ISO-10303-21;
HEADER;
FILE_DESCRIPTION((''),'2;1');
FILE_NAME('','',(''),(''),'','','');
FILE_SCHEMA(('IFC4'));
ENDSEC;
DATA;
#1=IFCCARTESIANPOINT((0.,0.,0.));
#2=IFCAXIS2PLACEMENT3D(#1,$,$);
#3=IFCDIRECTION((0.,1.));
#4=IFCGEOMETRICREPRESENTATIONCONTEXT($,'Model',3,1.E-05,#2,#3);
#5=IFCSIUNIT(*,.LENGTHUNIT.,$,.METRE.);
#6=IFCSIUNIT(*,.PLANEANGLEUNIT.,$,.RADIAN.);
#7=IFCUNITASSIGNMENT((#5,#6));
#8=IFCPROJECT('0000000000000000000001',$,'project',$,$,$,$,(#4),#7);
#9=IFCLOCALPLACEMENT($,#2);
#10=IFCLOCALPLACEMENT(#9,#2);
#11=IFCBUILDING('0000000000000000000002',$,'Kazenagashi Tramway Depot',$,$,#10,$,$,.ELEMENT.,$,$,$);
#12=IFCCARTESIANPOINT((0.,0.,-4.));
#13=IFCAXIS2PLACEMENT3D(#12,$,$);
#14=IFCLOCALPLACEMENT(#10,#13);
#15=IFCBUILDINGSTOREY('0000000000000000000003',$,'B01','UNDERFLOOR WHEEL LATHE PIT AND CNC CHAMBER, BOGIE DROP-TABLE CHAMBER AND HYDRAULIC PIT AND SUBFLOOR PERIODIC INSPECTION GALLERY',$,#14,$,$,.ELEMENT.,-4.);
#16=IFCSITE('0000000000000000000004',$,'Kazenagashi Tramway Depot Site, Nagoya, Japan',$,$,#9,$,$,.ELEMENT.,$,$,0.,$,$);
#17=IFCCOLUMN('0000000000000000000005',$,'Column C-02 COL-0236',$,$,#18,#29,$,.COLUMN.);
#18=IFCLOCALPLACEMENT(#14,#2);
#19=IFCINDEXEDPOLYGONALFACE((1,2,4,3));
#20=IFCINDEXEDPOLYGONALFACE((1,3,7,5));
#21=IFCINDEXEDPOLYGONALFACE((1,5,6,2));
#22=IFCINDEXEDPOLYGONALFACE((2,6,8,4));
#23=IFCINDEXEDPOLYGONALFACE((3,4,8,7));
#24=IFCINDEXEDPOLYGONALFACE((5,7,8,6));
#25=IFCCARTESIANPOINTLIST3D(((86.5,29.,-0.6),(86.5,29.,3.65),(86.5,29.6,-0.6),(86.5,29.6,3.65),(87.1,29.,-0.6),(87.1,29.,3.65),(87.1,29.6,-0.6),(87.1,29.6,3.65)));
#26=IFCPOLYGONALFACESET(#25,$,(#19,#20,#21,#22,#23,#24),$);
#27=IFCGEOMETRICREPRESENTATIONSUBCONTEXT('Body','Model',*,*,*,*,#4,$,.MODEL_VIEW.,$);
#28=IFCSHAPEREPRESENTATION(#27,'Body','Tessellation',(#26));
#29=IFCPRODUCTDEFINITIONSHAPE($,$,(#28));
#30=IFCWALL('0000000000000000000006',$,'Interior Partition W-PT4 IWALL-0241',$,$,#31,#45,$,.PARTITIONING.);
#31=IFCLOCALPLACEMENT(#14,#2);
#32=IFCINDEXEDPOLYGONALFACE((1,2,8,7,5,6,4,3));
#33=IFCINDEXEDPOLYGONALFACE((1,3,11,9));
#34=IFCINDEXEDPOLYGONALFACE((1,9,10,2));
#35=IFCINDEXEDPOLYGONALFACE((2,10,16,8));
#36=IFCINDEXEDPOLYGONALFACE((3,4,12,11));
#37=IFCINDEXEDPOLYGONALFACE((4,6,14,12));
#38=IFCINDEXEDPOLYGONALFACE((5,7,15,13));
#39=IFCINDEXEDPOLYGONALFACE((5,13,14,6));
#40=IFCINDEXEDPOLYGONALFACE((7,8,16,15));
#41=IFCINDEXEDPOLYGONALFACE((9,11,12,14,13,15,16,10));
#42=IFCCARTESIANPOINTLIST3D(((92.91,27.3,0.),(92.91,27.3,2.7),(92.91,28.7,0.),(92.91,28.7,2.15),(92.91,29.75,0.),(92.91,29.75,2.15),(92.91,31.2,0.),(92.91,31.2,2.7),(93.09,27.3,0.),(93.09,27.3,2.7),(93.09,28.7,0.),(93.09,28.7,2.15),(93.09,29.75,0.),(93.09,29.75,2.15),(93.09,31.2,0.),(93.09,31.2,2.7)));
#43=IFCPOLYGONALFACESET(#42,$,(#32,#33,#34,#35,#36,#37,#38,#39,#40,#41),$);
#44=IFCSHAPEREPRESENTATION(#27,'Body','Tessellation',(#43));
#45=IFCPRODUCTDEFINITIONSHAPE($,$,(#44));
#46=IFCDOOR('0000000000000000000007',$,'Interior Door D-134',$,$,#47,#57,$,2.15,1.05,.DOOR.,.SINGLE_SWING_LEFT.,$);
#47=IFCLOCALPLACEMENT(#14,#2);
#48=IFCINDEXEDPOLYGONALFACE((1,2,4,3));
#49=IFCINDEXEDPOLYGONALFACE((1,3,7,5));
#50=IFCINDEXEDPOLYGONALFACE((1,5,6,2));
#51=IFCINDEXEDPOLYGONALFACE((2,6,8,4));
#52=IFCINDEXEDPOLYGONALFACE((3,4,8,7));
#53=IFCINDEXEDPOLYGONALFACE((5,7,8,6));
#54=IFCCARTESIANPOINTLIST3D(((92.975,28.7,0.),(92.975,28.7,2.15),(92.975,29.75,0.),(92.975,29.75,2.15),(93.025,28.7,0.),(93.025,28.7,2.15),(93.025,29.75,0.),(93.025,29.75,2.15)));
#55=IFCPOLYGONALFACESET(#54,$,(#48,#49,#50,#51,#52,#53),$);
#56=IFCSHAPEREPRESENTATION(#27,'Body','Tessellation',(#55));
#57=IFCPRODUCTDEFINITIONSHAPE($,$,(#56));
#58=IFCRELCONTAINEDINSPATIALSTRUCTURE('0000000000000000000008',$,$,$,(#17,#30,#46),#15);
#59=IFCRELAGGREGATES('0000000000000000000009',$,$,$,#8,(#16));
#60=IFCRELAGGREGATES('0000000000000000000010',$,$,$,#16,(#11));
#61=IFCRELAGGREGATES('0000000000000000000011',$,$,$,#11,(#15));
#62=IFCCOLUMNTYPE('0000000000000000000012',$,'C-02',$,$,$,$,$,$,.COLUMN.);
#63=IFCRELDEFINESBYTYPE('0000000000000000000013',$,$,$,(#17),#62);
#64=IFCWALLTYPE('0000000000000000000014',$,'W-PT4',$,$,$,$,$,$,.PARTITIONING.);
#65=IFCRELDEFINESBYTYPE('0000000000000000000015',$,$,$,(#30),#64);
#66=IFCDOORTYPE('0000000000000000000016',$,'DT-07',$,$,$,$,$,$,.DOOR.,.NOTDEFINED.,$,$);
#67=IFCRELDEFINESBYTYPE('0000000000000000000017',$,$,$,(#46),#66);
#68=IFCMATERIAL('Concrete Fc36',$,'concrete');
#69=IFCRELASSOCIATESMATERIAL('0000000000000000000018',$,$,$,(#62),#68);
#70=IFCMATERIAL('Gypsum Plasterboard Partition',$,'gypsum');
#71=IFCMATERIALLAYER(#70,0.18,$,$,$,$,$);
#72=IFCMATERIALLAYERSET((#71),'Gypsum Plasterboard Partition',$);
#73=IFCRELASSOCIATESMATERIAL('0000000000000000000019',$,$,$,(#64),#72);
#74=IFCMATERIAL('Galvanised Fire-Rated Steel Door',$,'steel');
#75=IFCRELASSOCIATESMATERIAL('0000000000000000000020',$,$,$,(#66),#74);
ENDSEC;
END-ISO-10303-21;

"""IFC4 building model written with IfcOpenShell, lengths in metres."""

from ifc_helpers import new_model, si_unit, direction, frame, frame_2d, origin, origin_2d, place, context, subcontext, project, spatial, rectangle, extrude, material, layer, layer_set, material_profile, profile_set, type_object, element, fill, save


model = new_model("IFC4")

# Units and contexts
model_context = context("Model", 3, precision=1e-05, world=origin(), true_north=direction((0.0, 1.0)))
body_context = subcontext(model_context, "Body", "Model", "MODEL_VIEW")
ifc_project = project(units=[si_unit("LENGTHUNIT", "METRE"), si_unit("PLANEANGLEUNIT", "RADIAN")], contexts=[model_context])

# Site, building, storey
site_placement = place(None, origin())
site = spatial("IfcSite", under=ifc_project, at=site_placement, Name="Kazenagashi Tramway Depot Site, Nagoya, Japan", CompositionType="ELEMENT", RefElevation=0.0)
building_placement = place(site_placement, origin())
building = spatial("IfcBuilding", under=site, at=building_placement, Name="Kazenagashi Tramway Depot", CompositionType="ELEMENT")
storey_placement = place(building_placement, frame((0.0, 0.0, -4.0)))
storey = spatial("IfcBuildingStorey", under=building, at=storey_placement, Name="B01", Description="UNDERFLOOR WHEEL LATHE PIT AND CNC CHAMBER, BOGIE DROP-TABLE CHAMBER AND HYDRAULIC PIT AND SUBFLOOR PERIODIC INSPECTION GALLERY", CompositionType="ELEMENT", Elevation=-4.0)

# Column
ifc_material_1 = material(Name="Concrete Fc36", Category="concrete")
ifc_material_profile_1 = material_profile(ifc_material_1, rectangle(XDim=0.6, YDim=0.6, at=origin_2d()), Name="RC-600x600")
ifc_profile_set_1 = profile_set([ifc_material_profile_1], Name="Concrete Fc36")
column_type_1 = type_object("IfcColumnType", Name="C-02", PredefinedType="COLUMN", material=ifc_profile_set_1)
for number, where, z_axis, x_axis, name in (
    (1, (86.8, 29.3, -0.6), (0.0, 0.0, 1.0), (1.0, 0.0, 0.0), "Column C-02 COL-0236"),
):
    element("IfcColumn", number, at=place(storey_placement, frame(where, z_axis=z_axis, x_axis=x_axis)), inside=storey, type_object=column_type_1, Name=name, PredefinedType="COLUMN", context=body_context, shape_type="SweptSolid", body=[
        extrude(rectangle(XDim=0.6, YDim=0.6, at=origin_2d()), origin(), (0.0, 0.0, 1.0), 4.25),
    ])

# Wall, opening, door
ifc_material_2 = material(Name="Gypsum Plasterboard Partition", Category="gypsum")
ifc_layer = layer(ifc_material_2, 0.18)
ifc_layer_set = layer_set([ifc_layer], Name="Gypsum Plasterboard Partition")
wall_type = type_object("IfcWallType", Name="W-PT4", PredefinedType="PARTITIONING", material=ifc_layer_set)
wall_placement = place(storey_placement, frame((93.0, 27.3, 0.0), z_axis=(0.0, 0.0, 1.0), x_axis=(0.0, 1.0, 0.0)))
wall = element("IfcWall", 2, at=wall_placement, inside=storey, type_object=wall_type, Name="Interior Partition W-PT4 IWALL-0241", PredefinedType="PARTITIONING", context=body_context, shape_type="SweptSolid", body=[
    extrude(rectangle(XDim=3.9, YDim=0.18, at=frame_2d((1.95, 0.0))), origin(), (0.0, 0.0, 1.0), 2.7),
])
opening_placement = place(wall_placement, frame((1.4, 0.0, 0.0)))
opening = element("IfcOpeningElement", 3, at=opening_placement, cuts=wall, PredefinedType="OPENING", context=body_context, shape_type="SweptSolid", body=[
    extrude(rectangle(XDim=1.05, YDim=2.15, at=frame_2d((0.525, 1.075))), frame((0.0, 0.1, 0.0), z_axis=(0.0, -1.0, 0.0), x_axis=(1.0, 0.0, 0.0)), (0.0, 0.0, 1.0), 0.2),
])
ifc_material_3 = material(Name="Galvanised Fire-Rated Steel Door", Category="steel")
door_type = type_object("IfcDoorType", Name="DT-07", OperationType="NOTDEFINED", PredefinedType="DOOR", material=ifc_material_3)
door_placement = place(opening_placement, origin())
door = element("IfcDoor", 4, at=door_placement, inside=storey, type_object=door_type, Name="Interior Door D-134", OperationType="SINGLE_SWING_LEFT", OverallHeight=2.15, OverallWidth=1.05, PredefinedType="DOOR", context=body_context, shape_type="SweptSolid", body=[
    extrude(rectangle(XDim=1.05, YDim=2.15, at=frame_2d((0.525, 1.075))), frame((0.0, 0.025, 0.0), z_axis=(0.0, -1.0, 0.0), x_axis=(1.0, 0.0, 0.0)), (0.0, 0.0, 1.0), 0.05),
])
fill(opening, door)

save(model, "model.ifc")
